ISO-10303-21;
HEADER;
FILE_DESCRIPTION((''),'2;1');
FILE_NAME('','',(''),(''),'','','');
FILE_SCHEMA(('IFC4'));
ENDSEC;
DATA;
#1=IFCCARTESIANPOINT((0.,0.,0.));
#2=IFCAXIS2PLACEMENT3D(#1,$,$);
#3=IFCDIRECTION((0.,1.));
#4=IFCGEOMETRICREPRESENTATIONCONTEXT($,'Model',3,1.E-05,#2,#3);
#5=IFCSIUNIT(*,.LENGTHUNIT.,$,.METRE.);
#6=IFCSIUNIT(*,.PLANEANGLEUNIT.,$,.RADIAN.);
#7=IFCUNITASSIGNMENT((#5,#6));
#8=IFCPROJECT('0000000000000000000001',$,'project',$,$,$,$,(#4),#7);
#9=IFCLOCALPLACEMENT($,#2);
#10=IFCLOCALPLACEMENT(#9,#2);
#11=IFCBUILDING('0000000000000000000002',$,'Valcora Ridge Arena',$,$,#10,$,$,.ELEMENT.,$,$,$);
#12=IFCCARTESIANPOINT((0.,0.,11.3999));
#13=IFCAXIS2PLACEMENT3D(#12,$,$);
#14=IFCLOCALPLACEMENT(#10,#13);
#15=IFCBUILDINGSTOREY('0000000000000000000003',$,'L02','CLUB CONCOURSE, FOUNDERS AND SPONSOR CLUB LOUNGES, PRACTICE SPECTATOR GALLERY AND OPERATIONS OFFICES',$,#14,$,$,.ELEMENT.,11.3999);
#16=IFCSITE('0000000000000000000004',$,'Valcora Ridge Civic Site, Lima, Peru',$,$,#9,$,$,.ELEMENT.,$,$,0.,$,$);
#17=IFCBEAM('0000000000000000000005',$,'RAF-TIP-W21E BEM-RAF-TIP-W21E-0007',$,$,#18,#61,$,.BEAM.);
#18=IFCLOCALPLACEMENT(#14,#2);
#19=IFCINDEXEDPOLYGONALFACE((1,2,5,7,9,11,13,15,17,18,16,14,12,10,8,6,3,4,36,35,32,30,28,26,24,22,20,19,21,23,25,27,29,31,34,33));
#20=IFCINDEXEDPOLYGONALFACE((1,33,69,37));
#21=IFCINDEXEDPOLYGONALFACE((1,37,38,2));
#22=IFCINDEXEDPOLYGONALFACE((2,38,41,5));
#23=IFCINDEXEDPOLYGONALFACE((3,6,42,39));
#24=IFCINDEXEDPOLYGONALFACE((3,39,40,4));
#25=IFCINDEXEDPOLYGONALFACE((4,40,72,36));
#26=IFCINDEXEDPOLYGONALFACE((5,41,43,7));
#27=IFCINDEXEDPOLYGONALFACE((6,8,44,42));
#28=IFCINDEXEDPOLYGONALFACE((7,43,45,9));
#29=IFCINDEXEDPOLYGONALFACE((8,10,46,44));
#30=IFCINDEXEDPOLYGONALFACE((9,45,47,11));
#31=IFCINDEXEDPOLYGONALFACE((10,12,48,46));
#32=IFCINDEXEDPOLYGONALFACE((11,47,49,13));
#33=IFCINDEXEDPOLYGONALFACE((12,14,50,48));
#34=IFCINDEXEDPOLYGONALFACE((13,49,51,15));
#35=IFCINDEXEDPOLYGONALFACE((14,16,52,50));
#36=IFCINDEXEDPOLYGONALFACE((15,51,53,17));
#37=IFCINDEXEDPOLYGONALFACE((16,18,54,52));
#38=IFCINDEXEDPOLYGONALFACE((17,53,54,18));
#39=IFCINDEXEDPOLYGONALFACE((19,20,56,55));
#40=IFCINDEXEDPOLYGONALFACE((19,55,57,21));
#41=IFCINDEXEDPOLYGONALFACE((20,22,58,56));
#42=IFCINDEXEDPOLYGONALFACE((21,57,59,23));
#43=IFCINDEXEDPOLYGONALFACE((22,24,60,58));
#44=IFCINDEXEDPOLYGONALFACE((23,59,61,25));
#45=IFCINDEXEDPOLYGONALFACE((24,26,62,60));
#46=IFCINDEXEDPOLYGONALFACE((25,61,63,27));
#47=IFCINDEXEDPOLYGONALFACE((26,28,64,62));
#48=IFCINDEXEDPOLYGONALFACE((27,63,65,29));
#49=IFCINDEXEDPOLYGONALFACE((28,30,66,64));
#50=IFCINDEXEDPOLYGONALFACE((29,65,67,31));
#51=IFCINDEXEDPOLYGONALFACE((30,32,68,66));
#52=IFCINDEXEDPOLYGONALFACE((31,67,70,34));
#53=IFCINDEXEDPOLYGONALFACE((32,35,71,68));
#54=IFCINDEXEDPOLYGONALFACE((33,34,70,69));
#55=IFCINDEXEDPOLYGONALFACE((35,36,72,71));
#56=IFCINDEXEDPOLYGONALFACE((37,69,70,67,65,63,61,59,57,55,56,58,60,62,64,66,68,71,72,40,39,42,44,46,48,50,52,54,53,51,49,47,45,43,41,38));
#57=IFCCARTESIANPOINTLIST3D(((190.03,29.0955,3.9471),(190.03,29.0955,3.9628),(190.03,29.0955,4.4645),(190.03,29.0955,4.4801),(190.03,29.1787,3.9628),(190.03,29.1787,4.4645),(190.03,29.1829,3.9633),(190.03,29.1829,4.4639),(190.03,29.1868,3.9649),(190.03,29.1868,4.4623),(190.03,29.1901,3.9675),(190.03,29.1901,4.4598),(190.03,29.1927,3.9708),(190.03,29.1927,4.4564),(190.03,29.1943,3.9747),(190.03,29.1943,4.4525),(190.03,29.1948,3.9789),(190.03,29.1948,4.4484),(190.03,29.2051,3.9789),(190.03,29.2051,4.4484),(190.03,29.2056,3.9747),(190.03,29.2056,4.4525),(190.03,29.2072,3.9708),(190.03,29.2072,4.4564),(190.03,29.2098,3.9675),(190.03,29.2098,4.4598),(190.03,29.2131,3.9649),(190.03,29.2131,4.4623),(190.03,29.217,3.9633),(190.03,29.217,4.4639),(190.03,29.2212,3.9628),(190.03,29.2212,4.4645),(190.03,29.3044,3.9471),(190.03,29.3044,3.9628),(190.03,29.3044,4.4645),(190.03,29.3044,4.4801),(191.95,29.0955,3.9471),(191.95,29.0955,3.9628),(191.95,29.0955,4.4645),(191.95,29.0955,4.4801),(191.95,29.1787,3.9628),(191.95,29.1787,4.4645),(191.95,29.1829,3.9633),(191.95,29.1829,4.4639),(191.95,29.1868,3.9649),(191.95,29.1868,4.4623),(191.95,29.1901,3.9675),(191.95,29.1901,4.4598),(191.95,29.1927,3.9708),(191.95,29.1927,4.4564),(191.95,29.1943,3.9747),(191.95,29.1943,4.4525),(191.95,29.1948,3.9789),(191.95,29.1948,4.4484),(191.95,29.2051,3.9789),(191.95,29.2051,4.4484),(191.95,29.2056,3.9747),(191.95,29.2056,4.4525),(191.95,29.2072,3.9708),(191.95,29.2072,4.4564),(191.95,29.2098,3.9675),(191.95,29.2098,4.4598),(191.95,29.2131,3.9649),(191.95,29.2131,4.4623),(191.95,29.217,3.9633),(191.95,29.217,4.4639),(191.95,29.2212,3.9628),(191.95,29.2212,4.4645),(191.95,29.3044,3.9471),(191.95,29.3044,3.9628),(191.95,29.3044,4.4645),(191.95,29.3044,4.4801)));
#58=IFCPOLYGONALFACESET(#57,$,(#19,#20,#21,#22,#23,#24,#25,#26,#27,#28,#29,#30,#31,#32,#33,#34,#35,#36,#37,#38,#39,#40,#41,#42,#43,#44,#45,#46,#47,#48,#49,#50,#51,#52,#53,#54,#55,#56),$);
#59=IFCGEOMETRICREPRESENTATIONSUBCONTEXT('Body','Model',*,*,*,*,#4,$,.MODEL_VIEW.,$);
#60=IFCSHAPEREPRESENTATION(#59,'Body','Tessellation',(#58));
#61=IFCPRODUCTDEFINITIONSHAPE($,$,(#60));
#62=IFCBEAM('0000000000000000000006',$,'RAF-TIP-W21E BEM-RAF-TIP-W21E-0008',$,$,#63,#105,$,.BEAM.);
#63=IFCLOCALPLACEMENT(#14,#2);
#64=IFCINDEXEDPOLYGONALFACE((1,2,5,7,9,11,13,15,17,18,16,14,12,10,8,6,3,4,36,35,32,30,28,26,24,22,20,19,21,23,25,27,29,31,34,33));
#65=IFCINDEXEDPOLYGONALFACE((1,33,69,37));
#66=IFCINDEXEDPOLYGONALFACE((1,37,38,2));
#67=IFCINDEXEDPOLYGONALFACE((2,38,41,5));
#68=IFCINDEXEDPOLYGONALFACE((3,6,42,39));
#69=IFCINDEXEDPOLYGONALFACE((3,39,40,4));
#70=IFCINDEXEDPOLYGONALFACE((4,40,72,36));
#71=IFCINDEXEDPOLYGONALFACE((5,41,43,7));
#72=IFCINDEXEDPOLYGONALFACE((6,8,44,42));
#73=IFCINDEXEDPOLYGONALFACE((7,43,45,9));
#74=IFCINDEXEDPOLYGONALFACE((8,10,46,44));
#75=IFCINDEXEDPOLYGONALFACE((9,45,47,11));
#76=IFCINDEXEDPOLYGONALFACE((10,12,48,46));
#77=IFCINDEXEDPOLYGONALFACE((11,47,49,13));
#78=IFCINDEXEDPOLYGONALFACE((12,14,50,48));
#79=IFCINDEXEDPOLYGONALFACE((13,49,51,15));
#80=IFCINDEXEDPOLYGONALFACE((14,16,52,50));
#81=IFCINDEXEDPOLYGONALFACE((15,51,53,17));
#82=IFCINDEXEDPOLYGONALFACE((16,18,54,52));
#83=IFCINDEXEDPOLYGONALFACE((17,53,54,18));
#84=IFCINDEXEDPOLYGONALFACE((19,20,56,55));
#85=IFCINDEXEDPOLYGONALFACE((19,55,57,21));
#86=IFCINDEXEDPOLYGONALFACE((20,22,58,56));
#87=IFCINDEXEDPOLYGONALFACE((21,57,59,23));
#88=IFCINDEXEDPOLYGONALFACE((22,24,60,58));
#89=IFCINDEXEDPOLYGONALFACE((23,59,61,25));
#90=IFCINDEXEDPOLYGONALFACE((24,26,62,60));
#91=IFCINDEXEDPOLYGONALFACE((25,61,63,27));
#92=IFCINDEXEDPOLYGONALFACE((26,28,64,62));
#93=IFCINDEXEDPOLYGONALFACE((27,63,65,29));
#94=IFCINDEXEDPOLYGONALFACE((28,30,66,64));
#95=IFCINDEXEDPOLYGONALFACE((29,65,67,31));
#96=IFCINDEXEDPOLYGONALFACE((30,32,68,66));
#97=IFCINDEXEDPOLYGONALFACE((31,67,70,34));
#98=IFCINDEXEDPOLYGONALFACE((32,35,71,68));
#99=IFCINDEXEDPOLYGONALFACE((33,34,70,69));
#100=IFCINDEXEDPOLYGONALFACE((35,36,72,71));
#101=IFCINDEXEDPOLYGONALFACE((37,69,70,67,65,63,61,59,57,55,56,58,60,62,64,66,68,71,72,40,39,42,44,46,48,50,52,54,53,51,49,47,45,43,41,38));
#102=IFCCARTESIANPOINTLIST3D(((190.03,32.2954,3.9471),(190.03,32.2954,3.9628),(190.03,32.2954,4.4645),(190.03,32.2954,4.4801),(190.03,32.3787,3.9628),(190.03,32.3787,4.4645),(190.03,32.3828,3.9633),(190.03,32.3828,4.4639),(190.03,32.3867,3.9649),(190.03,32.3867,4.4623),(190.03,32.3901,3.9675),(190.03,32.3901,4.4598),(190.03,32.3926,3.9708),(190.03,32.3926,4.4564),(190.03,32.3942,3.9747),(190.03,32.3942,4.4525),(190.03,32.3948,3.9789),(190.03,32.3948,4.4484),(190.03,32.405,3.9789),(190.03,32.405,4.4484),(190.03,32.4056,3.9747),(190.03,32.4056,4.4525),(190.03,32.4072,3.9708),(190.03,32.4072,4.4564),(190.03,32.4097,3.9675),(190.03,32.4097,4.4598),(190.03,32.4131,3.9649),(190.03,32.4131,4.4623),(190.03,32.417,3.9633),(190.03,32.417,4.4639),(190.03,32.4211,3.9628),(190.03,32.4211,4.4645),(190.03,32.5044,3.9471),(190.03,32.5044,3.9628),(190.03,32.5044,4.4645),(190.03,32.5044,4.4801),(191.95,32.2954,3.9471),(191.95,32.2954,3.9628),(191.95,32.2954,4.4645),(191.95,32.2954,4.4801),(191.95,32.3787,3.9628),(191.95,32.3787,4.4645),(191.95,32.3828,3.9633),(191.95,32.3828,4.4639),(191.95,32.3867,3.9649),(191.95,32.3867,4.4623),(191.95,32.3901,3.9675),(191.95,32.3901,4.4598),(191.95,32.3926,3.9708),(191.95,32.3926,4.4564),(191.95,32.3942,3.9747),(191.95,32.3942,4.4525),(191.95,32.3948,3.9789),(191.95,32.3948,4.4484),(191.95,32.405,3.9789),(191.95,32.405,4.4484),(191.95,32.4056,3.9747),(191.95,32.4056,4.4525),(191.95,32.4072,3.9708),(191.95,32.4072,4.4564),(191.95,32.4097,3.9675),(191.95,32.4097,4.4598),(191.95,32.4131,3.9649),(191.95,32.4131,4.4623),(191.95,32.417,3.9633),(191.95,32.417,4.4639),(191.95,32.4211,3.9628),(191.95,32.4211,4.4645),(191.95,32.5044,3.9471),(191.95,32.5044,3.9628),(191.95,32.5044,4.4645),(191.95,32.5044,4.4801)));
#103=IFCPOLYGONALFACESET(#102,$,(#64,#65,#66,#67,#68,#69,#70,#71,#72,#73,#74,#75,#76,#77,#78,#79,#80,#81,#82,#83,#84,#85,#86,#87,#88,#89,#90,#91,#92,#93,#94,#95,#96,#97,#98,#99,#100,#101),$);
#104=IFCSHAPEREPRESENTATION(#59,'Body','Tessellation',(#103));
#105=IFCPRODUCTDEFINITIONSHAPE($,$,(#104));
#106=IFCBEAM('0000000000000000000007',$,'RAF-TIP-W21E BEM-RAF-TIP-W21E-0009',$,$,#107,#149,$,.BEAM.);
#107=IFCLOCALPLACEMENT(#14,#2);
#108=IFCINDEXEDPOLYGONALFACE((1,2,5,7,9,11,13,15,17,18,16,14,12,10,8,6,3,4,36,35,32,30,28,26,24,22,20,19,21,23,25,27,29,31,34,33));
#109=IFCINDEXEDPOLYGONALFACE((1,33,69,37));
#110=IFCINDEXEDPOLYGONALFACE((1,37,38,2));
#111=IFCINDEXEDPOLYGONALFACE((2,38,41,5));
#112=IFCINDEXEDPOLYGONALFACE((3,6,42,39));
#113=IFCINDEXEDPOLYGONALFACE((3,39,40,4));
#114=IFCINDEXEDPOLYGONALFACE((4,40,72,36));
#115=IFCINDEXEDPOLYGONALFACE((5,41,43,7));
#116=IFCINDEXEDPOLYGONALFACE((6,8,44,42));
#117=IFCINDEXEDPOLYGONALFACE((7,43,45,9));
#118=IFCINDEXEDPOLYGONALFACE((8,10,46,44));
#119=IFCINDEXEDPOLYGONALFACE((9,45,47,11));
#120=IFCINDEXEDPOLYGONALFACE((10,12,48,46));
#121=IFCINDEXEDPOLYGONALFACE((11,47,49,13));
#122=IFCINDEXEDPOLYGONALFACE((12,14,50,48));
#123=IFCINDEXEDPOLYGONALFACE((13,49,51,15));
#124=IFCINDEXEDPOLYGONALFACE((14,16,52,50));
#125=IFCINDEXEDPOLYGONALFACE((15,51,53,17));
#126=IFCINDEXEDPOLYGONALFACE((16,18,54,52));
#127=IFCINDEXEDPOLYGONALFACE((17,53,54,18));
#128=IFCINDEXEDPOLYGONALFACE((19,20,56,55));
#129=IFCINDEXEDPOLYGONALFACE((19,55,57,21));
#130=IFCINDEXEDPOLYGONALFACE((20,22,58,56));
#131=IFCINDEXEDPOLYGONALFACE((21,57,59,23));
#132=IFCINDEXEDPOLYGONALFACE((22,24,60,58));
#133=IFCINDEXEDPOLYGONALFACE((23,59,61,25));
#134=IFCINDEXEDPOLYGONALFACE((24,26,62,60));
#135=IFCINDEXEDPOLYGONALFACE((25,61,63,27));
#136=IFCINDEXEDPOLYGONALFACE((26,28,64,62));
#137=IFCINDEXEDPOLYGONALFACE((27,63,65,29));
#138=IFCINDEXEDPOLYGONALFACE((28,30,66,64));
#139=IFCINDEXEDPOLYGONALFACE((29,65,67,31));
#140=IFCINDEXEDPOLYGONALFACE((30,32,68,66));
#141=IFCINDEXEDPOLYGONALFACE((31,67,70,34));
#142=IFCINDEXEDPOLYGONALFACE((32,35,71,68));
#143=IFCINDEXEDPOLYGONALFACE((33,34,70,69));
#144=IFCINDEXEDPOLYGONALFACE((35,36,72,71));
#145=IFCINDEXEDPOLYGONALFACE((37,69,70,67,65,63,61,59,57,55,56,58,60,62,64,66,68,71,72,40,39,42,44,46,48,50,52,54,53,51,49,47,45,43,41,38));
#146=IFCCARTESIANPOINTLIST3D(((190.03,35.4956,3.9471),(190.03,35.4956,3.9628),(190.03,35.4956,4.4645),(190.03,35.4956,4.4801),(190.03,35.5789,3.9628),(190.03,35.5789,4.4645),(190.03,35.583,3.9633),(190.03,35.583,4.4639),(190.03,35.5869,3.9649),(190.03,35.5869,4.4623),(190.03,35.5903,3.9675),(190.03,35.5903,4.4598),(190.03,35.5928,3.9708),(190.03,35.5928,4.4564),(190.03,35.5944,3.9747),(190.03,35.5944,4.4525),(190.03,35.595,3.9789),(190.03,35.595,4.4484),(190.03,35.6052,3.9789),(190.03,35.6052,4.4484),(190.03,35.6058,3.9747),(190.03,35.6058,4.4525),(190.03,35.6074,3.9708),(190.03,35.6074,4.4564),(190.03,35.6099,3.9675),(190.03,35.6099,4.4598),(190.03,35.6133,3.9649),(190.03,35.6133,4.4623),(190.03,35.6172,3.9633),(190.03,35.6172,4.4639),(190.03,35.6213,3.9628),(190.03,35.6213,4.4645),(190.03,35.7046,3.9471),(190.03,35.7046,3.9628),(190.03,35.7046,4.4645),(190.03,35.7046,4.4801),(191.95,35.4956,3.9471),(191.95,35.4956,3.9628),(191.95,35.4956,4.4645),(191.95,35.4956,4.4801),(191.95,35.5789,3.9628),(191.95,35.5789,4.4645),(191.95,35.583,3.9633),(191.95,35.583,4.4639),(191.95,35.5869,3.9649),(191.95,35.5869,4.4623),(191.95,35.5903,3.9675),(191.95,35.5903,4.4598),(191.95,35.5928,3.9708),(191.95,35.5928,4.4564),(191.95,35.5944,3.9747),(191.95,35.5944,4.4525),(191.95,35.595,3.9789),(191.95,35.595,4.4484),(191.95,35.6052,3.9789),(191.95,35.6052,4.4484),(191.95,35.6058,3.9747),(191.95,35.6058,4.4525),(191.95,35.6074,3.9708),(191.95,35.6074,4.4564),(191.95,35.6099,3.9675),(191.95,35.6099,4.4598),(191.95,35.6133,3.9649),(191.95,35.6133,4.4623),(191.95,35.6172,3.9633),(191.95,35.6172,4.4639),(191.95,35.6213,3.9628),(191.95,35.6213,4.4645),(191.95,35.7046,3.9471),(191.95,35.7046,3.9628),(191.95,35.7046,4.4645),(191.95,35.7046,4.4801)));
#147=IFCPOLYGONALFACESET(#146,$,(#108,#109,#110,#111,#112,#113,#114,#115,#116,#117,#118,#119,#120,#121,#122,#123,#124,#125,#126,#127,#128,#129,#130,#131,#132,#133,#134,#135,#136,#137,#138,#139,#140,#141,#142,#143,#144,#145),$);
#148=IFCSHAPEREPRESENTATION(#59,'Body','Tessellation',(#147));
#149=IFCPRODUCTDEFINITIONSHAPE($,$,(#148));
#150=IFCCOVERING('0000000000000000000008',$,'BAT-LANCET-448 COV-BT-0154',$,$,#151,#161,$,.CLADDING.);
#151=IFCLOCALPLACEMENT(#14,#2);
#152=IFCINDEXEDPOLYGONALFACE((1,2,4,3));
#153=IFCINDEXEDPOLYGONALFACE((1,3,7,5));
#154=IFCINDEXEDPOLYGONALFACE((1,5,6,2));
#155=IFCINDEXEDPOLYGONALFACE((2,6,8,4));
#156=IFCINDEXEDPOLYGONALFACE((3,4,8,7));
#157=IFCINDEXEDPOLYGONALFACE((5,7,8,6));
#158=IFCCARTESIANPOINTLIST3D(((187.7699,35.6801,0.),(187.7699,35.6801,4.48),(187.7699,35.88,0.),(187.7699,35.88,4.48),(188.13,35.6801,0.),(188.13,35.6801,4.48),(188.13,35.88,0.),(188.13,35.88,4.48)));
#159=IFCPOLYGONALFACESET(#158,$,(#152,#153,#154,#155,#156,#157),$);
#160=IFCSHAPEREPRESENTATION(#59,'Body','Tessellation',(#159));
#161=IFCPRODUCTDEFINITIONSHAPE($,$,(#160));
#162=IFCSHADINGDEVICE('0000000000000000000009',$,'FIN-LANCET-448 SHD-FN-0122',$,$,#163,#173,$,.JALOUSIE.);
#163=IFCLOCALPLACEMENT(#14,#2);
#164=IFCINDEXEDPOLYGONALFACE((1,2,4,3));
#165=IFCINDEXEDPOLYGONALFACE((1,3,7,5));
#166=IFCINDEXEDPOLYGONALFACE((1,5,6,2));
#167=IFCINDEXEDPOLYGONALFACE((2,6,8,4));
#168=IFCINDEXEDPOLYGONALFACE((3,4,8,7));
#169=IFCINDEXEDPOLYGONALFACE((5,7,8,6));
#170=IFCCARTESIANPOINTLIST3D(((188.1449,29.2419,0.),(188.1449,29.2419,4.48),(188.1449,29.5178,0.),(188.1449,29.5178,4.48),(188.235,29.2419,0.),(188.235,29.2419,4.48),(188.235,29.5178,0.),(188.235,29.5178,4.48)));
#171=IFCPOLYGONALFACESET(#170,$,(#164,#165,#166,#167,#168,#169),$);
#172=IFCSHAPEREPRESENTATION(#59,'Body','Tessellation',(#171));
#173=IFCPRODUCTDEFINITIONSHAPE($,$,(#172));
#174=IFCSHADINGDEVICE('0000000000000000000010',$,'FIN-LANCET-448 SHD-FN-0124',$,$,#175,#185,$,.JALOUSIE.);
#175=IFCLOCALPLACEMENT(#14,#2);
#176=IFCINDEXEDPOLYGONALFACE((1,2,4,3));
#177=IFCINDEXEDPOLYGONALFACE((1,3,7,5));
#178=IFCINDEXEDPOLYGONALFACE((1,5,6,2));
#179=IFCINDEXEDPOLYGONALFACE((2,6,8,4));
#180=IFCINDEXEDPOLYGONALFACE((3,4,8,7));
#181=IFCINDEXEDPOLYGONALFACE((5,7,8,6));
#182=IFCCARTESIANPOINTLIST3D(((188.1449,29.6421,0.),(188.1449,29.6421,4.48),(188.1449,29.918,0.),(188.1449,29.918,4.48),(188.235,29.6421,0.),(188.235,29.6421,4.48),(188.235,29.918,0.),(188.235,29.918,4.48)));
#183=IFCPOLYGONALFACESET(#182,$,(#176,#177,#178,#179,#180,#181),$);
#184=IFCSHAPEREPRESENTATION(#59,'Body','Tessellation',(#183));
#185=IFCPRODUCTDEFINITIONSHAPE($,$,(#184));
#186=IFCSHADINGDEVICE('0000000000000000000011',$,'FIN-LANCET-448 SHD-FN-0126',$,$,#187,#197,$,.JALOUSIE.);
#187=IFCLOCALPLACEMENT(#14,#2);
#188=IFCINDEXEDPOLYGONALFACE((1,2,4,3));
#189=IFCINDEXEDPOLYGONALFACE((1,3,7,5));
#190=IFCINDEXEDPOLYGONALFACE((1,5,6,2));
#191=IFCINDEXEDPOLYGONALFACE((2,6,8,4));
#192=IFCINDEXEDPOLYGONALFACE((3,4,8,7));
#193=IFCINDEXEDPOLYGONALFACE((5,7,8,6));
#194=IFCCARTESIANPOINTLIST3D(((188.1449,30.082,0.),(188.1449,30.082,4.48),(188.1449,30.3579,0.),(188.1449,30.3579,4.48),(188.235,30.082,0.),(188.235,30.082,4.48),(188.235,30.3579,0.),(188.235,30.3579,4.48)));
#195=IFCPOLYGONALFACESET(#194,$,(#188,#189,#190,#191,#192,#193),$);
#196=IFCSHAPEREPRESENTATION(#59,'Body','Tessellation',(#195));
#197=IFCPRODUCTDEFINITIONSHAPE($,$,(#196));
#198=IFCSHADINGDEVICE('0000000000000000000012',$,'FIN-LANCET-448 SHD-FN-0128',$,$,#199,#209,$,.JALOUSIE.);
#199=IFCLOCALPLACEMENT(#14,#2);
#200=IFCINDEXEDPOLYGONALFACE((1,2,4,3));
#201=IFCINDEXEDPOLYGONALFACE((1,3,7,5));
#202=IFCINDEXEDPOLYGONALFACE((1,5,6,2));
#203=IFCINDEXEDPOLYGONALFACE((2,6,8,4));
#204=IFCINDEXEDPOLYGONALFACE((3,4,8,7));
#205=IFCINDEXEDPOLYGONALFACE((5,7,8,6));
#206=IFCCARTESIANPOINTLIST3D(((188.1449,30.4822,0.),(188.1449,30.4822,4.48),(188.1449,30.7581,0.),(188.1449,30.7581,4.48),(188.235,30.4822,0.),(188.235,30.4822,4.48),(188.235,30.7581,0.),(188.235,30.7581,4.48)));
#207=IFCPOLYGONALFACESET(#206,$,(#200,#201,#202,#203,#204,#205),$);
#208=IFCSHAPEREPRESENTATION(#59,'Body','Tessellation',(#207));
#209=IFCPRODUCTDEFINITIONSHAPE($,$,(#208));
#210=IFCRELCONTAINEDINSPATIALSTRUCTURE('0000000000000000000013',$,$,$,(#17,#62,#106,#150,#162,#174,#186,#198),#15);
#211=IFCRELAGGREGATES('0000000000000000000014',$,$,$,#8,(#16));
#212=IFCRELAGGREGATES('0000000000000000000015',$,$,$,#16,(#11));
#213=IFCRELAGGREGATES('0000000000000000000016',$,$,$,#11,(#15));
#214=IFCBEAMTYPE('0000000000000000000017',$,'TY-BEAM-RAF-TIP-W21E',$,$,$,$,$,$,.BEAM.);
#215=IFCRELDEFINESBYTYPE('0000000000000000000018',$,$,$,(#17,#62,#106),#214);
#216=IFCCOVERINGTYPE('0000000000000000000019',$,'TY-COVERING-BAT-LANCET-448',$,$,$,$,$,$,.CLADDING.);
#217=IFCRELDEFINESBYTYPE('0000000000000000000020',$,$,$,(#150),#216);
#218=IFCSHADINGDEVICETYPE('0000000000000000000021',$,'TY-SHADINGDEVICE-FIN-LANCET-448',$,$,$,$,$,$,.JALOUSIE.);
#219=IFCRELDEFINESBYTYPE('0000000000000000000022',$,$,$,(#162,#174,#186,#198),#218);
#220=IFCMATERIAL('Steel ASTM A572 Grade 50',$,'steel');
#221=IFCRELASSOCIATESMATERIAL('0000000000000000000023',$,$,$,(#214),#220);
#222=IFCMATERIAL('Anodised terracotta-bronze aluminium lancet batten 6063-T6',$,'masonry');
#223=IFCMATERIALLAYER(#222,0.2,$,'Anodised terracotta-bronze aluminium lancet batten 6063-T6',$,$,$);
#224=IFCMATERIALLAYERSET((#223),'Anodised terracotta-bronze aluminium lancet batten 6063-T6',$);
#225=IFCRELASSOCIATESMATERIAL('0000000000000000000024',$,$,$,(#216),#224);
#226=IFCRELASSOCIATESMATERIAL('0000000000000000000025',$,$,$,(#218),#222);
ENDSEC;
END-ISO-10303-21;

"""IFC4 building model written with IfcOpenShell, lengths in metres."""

from ifc_helpers import new_model, si_unit, direction, frame, origin, origin_2d, place, context, subcontext, project, spatial, rectangle, i_section, extrude, material, layer, layer_set, material_profile, profile_set, type_object, element, save


model = new_model("IFC4")

# Units and contexts
model_context = context("Model", 3, precision=1e-05, world=origin(), true_north=direction((0.0, 1.0)))
body_context = subcontext(model_context, "Body", "Model", "MODEL_VIEW")
ifc_project = project(units=[si_unit("LENGTHUNIT", "METRE"), si_unit("PLANEANGLEUNIT", "RADIAN")], contexts=[model_context])

# Site, building, storey
site_placement = place(None, origin())
site = spatial("IfcSite", under=ifc_project, at=site_placement, Name="Valcora Ridge Civic Site, Lima, Peru", CompositionType="ELEMENT", RefElevation=0.0)
building_placement = place(site_placement, origin())
building = spatial("IfcBuilding", under=site, at=building_placement, Name="Valcora Ridge Arena", CompositionType="ELEMENT")
storey_placement = place(building_placement, frame((0.0, 0.0, 11.3999)))
storey = spatial("IfcBuildingStorey", under=building, at=storey_placement, Name="L02", Description="CLUB CONCOURSE, FOUNDERS AND SPONSOR CLUB LOUNGES, PRACTICE SPECTATOR GALLERY AND OPERATIONS OFFICES", CompositionType="ELEMENT", Elevation=11.3999)

# Beams
ifc_material_1 = material(Name="Steel ASTM A572 Grade 50", Category="steel")
ifc_material_profile_1 = material_profile(ifc_material_1, i_section(OverallWidth=0.209, OverallDepth=0.533, WebThickness=0.0103, FlangeThickness=0.0156, FilletRadius=0.0161, at=origin_2d()), Name="W21X62")
ifc_profile_set_1 = profile_set([ifc_material_profile_1], Name="Steel ASTM A572 Grade 50")
beam_type = type_object("IfcBeamType", Name="TY-BEAM-RAF-TIP-W21E", PredefinedType="BEAM", material=ifc_profile_set_1)
for number, where, z_axis, x_axis, name in (
    (1, (190.03, 29.2, 4.2136), (1.0, 0.0, 0.0), (0.0, 1.0, 0.0), "RAF-TIP-W21E BEM-RAF-TIP-W21E-0007"),
    (2, (190.03, 32.3999, 4.2136), (1.0, 0.0, 0.0), (0.0, 1.0, 0.0), "RAF-TIP-W21E BEM-RAF-TIP-W21E-0008"),
    (3, (190.03, 35.6001, 4.2136), (1.0, 0.0, 0.0), (0.0, 1.0, 0.0), "RAF-TIP-W21E BEM-RAF-TIP-W21E-0009"),
):
    element("IfcBeam", number, at=place(storey_placement, frame(where, z_axis=z_axis, x_axis=x_axis)), inside=storey, type_object=beam_type, Name=name, PredefinedType="BEAM", context=body_context, shape_type="SweptSolid", body=[
        extrude(i_section(OverallWidth=0.209, OverallDepth=0.533, WebThickness=0.0103, FlangeThickness=0.0156, FilletRadius=0.0161, at=origin_2d()), origin(), (0.0, 0.0, 1.0), 1.9199),
    ])

# Covering
ifc_material_2 = material(Name="Anodised terracotta-bronze aluminium lancet batten 6063-T6", Category="masonry")
ifc_layer_1 = layer(ifc_material_2, 0.2, Name="Anodised terracotta-bronze aluminium lancet batten 6063-T6")
ifc_layer_set_1 = layer_set([ifc_layer_1], Name="Anodised terracotta-bronze aluminium lancet batten 6063-T6")
covering_type = type_object("IfcCoveringType", Name="TY-COVERING-BAT-LANCET-448", PredefinedType="CLADDING", material=ifc_layer_set_1)
covering_placement = place(storey_placement, frame((187.95, 35.78, 0.0), z_axis=(0.0, 0.0, 1.0), x_axis=(1.0, 0.0, 0.0)))
element("IfcCovering", 4, at=covering_placement, inside=storey, type_object=covering_type, Name="BAT-LANCET-448 COV-BT-0154", PredefinedType="CLADDING", context=body_context, shape_type="SweptSolid", body=[
    extrude(rectangle(XDim=0.3601, YDim=0.2, at=origin_2d()), origin(), (0.0, 0.0, 1.0), 4.48),
])

# Shading devices
ifc_material_profile_2 = material_profile(ifc_material_2, rectangle(XDim=0.0901, YDim=0.2759, at=origin_2d()), Name="ALU LANCET BATTEN 90x276")
ifc_profile_set_2 = profile_set([ifc_material_profile_2], Name="Anodised terracotta-bronze aluminium lancet batten 6063-T6")
shading_device_type = type_object("IfcShadingDeviceType", Name="TY-SHADINGDEVICE-FIN-LANCET-448", PredefinedType="JALOUSIE", material=ifc_profile_set_2)
for number, where, z_axis, x_axis, name in (
    (5, (188.1899, 29.3799, 0.0), (0.0, 0.0, 1.0), (1.0, 0.0, 0.0), "FIN-LANCET-448 SHD-FN-0122"),
    (6, (188.1899, 29.78, 0.0), (0.0, 0.0, 1.0), (1.0, 0.0, 0.0), "FIN-LANCET-448 SHD-FN-0124"),
    (7, (188.1899, 30.22, 0.0), (0.0, 0.0, 1.0), (1.0, 0.0, 0.0), "FIN-LANCET-448 SHD-FN-0126"),
    (8, (188.1899, 30.6201, 0.0), (0.0, 0.0, 1.0), (1.0, 0.0, 0.0), "FIN-LANCET-448 SHD-FN-0128"),
):
    element("IfcShadingDevice", number, at=place(storey_placement, frame(where, z_axis=z_axis, x_axis=x_axis)), inside=storey, type_object=shading_device_type, Name=name, PredefinedType="JALOUSIE", context=body_context, shape_type="SweptSolid", body=[
        extrude(rectangle(XDim=0.0901, YDim=0.2759, at=origin_2d()), origin(), (0.0, 0.0, 1.0), 4.48),
    ])

save(model, "model.ifc")
